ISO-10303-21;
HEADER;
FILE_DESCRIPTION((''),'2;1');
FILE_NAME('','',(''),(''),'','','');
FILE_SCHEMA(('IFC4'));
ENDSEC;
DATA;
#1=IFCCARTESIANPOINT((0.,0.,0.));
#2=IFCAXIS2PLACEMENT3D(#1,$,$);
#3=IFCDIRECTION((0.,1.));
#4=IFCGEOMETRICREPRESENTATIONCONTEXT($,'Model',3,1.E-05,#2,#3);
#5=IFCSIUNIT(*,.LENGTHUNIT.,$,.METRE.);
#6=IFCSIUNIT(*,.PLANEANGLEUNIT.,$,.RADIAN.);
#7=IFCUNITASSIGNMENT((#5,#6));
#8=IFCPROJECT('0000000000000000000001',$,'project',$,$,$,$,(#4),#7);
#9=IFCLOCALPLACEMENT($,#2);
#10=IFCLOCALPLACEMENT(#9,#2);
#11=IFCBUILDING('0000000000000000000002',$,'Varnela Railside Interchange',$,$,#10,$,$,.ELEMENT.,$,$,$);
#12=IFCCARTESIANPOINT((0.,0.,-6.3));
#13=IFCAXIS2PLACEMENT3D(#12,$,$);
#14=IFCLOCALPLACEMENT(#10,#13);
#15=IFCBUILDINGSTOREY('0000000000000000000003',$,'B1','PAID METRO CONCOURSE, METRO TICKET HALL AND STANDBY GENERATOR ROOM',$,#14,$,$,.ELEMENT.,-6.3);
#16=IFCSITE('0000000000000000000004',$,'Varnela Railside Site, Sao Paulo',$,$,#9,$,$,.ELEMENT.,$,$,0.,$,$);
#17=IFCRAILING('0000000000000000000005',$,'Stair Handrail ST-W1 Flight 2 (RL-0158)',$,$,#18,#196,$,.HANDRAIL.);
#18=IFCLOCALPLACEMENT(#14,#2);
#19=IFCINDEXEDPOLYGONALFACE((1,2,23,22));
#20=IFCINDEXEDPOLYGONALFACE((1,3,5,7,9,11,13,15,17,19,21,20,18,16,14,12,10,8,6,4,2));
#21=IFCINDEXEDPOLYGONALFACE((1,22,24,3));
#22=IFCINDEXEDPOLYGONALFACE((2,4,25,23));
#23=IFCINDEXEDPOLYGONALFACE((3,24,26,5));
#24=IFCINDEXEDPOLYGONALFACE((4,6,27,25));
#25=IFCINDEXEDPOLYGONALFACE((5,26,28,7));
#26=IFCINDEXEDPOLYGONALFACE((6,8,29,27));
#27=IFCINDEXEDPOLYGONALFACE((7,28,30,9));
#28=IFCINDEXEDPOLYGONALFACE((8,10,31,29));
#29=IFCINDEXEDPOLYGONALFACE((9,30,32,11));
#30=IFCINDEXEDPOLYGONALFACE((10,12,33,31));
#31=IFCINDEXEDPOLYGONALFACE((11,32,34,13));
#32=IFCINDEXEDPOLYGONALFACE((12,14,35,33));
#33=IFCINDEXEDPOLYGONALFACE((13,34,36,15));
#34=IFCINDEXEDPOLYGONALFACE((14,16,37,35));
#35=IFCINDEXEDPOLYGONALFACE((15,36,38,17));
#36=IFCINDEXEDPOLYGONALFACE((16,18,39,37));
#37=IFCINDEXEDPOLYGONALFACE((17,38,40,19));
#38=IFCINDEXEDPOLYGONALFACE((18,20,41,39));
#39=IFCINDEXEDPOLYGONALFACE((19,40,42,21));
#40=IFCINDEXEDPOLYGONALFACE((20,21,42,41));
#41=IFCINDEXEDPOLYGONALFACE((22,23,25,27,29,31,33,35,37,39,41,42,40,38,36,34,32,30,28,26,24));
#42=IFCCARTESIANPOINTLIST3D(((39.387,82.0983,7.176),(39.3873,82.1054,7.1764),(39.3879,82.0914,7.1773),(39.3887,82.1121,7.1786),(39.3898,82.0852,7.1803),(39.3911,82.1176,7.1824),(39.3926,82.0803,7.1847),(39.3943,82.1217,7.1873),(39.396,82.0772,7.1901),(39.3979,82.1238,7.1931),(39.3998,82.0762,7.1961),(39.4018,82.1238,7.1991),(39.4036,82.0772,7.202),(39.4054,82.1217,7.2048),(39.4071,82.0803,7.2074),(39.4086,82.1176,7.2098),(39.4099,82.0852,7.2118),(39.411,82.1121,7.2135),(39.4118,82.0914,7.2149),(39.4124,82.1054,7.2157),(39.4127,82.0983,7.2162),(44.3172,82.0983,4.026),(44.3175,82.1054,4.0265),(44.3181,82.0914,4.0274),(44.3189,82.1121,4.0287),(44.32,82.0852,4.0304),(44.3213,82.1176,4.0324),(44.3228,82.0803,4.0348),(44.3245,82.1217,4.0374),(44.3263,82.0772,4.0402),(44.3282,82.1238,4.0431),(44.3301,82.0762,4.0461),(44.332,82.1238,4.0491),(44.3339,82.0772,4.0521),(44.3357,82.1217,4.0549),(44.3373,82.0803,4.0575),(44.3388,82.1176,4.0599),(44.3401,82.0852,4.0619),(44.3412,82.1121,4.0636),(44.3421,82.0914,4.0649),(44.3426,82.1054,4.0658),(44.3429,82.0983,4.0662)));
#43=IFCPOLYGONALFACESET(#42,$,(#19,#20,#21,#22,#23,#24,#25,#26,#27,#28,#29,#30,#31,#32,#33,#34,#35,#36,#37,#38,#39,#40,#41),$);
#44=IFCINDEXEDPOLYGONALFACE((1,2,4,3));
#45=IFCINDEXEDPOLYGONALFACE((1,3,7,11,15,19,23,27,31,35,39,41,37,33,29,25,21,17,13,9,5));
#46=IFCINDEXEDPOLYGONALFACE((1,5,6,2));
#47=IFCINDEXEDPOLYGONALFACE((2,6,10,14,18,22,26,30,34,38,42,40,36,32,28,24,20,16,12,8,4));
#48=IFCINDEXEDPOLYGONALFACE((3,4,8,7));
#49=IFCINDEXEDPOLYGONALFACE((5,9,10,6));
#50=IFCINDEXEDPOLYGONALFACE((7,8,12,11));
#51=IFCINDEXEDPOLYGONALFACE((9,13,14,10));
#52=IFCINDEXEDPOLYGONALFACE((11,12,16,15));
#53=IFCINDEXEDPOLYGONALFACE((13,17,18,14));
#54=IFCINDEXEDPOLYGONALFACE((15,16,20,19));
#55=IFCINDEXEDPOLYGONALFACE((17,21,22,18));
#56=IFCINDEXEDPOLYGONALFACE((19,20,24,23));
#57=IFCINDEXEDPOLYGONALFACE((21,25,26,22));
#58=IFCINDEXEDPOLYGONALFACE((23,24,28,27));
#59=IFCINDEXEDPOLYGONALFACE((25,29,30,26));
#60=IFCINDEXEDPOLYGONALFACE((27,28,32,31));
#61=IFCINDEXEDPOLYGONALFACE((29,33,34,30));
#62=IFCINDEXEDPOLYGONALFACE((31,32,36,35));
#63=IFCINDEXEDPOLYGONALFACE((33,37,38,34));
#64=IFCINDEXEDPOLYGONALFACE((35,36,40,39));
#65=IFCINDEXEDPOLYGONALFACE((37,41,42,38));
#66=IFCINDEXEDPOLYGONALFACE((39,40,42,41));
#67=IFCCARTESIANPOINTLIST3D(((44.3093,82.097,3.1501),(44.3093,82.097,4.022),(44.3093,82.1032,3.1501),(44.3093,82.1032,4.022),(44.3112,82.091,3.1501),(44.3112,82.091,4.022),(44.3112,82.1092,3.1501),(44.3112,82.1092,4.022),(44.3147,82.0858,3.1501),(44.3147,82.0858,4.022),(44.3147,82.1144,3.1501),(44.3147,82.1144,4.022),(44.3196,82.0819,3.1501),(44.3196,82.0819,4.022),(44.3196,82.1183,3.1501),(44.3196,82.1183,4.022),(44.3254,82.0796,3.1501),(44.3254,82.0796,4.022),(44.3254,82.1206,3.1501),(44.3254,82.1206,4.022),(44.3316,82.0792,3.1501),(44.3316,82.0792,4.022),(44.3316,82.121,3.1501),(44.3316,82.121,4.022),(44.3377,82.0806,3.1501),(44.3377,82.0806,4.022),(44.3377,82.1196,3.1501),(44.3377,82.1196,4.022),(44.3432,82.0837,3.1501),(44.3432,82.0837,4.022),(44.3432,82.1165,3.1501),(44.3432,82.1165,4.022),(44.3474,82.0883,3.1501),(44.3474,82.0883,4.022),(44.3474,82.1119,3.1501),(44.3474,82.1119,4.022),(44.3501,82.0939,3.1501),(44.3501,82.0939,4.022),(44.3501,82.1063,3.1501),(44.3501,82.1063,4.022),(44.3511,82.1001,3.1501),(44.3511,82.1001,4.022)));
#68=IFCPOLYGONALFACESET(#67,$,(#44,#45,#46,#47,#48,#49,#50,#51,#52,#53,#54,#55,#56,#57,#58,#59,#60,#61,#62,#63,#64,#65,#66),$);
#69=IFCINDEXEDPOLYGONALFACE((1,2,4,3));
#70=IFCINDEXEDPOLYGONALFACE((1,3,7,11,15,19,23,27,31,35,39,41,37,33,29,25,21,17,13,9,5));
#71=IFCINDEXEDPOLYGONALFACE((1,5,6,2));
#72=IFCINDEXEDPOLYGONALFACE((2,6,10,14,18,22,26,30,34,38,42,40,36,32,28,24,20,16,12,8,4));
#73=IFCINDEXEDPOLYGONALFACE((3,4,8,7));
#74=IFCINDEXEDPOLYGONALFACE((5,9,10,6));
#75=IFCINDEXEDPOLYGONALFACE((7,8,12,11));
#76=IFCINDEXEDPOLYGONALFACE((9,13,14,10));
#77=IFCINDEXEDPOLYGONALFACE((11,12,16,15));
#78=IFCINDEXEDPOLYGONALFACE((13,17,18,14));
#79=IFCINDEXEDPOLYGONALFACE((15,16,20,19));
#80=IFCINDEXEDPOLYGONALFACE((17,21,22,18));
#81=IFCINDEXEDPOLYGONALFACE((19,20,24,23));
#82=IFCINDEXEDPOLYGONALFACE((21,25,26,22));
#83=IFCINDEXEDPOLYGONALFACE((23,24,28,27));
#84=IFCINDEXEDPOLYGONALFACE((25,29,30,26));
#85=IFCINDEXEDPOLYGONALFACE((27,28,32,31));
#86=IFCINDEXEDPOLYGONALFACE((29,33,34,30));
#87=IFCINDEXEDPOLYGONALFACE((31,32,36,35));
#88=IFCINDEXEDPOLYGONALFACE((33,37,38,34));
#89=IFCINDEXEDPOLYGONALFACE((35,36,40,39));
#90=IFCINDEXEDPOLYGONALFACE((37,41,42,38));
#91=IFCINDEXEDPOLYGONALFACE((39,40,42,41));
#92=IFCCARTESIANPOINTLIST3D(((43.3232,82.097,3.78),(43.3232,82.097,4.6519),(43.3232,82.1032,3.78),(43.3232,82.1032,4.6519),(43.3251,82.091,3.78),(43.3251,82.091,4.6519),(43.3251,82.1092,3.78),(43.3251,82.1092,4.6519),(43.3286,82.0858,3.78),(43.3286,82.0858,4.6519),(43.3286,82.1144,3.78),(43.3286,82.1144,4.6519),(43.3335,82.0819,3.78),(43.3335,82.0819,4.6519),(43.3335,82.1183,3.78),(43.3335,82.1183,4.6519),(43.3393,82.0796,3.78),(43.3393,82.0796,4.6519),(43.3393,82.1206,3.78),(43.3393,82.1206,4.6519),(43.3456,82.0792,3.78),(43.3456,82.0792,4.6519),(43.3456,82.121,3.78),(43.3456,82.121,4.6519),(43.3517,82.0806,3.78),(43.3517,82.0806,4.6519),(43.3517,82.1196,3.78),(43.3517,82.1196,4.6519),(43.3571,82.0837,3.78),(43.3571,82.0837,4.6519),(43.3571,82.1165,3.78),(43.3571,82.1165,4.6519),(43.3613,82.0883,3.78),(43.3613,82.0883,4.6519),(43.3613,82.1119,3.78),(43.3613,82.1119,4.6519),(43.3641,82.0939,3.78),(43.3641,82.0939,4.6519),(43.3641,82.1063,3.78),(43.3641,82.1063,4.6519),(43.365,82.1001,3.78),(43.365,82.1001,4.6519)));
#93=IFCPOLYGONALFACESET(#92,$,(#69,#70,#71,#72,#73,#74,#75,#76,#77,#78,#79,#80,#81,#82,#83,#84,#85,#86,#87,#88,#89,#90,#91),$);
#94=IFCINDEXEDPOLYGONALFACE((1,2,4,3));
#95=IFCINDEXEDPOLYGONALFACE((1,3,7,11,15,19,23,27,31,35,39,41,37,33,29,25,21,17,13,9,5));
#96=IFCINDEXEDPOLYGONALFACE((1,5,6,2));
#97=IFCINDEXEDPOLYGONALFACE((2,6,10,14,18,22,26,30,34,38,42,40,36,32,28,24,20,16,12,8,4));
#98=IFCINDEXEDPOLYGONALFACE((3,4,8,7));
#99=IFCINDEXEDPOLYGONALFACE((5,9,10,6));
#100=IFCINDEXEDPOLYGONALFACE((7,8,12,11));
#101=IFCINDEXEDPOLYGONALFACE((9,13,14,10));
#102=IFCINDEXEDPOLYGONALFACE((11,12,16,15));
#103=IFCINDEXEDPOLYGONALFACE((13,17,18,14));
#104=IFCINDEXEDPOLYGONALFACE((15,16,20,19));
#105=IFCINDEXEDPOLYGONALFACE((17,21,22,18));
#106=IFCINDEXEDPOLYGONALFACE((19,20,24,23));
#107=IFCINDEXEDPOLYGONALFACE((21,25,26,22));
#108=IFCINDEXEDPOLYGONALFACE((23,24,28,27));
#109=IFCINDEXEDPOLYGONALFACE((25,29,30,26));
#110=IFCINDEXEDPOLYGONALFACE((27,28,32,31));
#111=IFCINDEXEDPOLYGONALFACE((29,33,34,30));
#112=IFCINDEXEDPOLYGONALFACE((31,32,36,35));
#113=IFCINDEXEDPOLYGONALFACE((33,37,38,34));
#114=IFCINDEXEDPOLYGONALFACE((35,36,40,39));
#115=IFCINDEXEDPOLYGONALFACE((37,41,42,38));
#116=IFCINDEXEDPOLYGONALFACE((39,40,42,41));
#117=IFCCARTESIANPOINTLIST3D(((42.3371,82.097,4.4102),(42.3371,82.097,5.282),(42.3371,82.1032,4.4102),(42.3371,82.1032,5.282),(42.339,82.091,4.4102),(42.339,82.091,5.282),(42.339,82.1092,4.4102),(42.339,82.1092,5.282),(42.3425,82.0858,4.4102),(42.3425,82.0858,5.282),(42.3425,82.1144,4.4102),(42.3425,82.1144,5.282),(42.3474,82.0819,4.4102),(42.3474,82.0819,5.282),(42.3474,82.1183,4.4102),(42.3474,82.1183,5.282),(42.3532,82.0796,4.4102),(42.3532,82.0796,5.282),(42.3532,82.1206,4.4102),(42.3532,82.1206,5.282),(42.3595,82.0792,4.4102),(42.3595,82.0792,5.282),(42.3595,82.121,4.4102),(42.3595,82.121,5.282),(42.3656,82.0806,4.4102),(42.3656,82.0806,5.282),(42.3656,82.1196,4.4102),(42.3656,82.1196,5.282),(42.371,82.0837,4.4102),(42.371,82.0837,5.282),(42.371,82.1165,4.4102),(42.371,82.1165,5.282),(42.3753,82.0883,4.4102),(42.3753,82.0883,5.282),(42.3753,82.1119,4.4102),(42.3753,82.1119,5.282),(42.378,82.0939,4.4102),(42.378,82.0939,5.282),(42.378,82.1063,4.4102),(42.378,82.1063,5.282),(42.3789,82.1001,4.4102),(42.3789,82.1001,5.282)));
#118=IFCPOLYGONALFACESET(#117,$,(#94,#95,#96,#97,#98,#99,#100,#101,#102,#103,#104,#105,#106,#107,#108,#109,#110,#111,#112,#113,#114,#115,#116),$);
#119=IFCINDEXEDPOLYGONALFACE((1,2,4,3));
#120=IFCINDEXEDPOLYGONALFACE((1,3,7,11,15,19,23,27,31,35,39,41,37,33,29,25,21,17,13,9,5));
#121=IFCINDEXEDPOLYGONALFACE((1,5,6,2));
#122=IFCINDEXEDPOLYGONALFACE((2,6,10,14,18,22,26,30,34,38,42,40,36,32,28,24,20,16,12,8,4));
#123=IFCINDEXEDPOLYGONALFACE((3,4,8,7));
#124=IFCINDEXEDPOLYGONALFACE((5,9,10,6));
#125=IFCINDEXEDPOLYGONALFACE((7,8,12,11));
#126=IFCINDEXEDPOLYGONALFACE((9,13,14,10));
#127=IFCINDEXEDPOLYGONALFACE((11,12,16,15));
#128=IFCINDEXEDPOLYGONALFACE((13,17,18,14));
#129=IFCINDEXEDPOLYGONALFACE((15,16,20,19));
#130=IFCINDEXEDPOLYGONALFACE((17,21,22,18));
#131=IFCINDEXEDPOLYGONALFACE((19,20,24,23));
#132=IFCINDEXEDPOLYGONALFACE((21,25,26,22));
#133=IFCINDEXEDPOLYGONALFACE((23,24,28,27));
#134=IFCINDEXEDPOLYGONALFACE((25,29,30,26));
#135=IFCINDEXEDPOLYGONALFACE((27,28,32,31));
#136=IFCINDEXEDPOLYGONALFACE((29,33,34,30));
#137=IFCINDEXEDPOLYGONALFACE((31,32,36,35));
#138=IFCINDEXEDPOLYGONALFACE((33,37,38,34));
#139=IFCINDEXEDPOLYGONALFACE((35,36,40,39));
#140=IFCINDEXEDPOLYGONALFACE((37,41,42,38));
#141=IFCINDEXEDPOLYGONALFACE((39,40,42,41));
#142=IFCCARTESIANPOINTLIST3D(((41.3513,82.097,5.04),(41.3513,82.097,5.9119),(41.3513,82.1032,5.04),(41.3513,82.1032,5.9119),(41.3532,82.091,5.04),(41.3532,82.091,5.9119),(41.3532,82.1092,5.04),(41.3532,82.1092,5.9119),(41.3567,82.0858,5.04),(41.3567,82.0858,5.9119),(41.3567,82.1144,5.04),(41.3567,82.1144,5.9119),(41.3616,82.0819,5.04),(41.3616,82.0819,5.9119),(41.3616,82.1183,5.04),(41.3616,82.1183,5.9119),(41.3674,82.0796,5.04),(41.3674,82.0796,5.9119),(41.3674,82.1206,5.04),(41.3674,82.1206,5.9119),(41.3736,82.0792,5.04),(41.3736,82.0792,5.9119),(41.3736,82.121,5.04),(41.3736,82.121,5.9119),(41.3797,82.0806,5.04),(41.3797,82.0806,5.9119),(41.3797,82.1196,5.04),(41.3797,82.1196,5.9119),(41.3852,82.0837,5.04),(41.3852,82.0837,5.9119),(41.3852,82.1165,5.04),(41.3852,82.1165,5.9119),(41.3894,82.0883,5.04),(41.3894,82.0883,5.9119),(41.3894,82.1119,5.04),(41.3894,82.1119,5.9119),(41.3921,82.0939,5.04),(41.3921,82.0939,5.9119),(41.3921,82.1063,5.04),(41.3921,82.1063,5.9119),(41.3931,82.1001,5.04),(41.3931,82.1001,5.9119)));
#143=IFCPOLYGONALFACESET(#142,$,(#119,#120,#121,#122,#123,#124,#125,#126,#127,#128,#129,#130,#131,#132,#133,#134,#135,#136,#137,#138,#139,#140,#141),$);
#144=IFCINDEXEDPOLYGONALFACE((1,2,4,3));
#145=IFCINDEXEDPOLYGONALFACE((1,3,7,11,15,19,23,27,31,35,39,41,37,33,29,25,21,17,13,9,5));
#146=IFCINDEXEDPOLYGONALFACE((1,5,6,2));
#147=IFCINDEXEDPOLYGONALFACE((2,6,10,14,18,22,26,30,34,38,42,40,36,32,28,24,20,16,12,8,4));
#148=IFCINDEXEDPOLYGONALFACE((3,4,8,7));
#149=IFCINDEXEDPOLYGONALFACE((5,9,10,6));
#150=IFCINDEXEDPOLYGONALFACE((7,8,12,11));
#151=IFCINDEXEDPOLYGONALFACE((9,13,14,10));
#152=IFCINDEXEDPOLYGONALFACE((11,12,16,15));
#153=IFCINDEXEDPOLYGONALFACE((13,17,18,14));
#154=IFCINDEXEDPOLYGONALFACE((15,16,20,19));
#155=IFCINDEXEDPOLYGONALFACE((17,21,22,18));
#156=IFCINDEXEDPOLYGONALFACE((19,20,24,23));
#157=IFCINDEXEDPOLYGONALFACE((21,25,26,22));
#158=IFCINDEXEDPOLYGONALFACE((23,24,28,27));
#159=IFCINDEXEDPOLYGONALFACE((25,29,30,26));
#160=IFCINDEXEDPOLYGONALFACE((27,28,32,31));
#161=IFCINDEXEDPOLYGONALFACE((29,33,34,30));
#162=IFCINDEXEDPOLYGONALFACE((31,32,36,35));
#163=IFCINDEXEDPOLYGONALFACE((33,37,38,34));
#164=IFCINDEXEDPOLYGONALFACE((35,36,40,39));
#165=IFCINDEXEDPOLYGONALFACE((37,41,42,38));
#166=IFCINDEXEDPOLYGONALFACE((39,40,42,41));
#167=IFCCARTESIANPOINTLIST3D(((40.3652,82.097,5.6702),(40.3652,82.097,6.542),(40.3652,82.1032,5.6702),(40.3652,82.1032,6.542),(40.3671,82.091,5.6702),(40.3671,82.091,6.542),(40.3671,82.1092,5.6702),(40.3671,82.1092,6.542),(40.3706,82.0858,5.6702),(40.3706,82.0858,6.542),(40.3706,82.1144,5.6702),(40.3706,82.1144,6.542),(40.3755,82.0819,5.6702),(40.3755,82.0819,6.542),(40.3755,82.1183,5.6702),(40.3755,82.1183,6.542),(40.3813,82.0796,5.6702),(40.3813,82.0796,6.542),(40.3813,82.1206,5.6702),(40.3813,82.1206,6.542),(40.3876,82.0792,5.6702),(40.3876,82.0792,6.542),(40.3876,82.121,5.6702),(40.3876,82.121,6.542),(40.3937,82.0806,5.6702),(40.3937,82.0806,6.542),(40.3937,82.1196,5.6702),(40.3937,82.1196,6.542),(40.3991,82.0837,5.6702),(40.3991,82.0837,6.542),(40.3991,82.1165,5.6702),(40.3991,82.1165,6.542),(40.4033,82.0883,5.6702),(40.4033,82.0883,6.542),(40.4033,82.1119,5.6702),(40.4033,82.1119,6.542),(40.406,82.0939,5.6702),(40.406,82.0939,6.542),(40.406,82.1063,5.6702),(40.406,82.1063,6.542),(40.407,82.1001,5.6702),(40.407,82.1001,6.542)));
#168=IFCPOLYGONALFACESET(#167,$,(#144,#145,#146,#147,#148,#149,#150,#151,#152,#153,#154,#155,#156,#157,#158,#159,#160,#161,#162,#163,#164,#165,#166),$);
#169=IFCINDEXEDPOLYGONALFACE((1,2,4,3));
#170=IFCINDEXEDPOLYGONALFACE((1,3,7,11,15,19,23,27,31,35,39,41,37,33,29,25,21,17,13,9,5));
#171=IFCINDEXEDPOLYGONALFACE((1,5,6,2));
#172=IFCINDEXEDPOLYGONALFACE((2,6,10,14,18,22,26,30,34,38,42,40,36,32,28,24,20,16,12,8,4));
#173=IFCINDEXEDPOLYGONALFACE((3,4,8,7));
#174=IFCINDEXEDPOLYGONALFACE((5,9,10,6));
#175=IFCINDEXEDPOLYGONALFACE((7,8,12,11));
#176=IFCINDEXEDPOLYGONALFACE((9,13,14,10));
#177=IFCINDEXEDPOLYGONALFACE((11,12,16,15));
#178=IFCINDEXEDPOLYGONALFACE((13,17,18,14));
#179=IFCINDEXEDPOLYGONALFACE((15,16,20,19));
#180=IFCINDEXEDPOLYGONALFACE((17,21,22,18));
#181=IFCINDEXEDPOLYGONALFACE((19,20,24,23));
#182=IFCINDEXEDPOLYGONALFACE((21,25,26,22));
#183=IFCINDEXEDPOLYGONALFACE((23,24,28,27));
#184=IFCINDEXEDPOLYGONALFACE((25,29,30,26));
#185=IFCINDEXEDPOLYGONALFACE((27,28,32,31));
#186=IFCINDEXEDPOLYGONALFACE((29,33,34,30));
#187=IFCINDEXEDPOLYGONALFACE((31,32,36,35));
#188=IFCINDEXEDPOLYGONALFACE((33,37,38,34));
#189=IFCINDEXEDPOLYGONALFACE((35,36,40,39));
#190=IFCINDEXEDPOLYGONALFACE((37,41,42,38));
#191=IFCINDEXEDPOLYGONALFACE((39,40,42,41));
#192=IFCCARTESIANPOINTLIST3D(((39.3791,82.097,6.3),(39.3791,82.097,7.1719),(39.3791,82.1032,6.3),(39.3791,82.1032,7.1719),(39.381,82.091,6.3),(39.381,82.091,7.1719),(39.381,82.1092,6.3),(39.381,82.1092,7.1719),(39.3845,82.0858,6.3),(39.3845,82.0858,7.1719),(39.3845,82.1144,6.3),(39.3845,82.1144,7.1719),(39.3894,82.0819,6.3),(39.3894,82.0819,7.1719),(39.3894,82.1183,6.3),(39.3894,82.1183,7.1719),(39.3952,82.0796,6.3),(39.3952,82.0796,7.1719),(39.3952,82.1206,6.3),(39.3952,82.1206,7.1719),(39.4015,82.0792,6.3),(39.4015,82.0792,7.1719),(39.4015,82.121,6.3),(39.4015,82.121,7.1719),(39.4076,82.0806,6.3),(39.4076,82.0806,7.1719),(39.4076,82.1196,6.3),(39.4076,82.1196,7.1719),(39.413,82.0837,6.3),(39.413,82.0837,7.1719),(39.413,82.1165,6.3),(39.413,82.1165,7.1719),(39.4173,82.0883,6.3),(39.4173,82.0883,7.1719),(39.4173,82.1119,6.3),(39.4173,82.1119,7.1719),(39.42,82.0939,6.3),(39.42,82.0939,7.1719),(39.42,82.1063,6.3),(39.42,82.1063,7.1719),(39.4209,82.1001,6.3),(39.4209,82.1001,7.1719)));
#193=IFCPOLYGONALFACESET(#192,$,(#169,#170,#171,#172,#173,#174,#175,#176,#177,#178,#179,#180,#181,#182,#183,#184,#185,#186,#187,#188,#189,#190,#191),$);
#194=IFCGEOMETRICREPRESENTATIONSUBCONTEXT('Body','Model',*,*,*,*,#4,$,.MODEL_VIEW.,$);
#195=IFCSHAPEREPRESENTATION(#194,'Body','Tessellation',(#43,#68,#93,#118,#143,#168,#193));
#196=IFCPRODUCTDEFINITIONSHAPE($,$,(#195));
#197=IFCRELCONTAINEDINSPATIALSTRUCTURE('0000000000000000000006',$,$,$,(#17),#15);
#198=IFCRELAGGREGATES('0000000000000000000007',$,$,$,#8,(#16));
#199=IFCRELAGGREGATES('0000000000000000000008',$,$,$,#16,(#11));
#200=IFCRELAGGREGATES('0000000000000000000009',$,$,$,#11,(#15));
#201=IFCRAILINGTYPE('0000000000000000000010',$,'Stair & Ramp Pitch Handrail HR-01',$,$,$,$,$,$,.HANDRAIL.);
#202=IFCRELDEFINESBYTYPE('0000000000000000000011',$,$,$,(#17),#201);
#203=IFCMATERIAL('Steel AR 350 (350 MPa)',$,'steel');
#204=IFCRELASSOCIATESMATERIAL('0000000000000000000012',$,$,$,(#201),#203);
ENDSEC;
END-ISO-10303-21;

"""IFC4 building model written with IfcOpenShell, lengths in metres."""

from ifc_helpers import new_model, si_unit, direction, frame, origin, origin_2d, place, context, subcontext, project, spatial, circle, extrude, material, type_object, element, save


model = new_model("IFC4")

# Units and contexts
model_context = context("Model", 3, precision=1e-05, world=origin(), true_north=direction((0.0, 1.0)))
body_context = subcontext(model_context, "Body", "Model", "MODEL_VIEW")
ifc_project = project(units=[si_unit("LENGTHUNIT", "METRE"), si_unit("PLANEANGLEUNIT", "RADIAN")], contexts=[model_context])

# Site, building, storey
site_placement = place(None, origin())
site = spatial("IfcSite", under=ifc_project, at=site_placement, Name="Varnela Railside Site, Sao Paulo", CompositionType="ELEMENT", RefElevation=0.0)
building_placement = place(site_placement, origin())
building = spatial("IfcBuilding", under=site, at=building_placement, Name="Varnela Railside Interchange", CompositionType="ELEMENT")
storey_placement = place(building_placement, frame((0.0, 0.0, -6.3)))
storey = spatial("IfcBuildingStorey", under=building, at=storey_placement, Name="B1", Description="PAID METRO CONCOURSE, METRO TICKET HALL AND STANDBY GENERATOR ROOM", CompositionType="ELEMENT", Elevation=-6.3)

# Railing
ifc_material_1 = material(Name="Steel AR 350 (350 MPa)", Category="steel")
railing_type_1 = type_object("IfcRailingType", Name="Stair & Ramp Pitch Handrail HR-01", PredefinedType="HANDRAIL", material=ifc_material_1)
railing_1_placement = place(storey_placement, frame((44.3301, 82.1001, 3.1501)))
element("IfcRailing", 1, at=railing_1_placement, inside=storey, type_object=railing_type_1, Name="Stair Handrail ST-W1 Flight 2 (RL-0158)", PredefinedType="HANDRAIL", context=body_context, shape_type="SweptSolid", body=[
    extrude(circle(Radius=0.0239, at=origin_2d()), frame((0.0, 0.0, 0.896), z_axis=(-0.842691, 0.0, 0.538398), x_axis=(0.0, -1.0, 0.0)), (0.0, 0.0, 1.0), 5.8506),
    extrude(circle(Radius=0.021, at=origin_2d()), origin(), (0.0, 0.0, 1.0), 0.8718),
    extrude(circle(Radius=0.021, at=origin_2d()), frame((-0.9861, 0.0, 0.6299)), (0.0, 0.0, 1.0), 0.8718),
    extrude(circle(Radius=0.021, at=origin_2d()), frame((-1.9722, 0.0, 1.26)), (0.0, 0.0, 1.0), 0.8718),
    extrude(circle(Radius=0.021, at=origin_2d()), frame((-2.958, 0.0, 1.8899)), (0.0, 0.0, 1.0), 0.8718),
    extrude(circle(Radius=0.021, at=origin_2d()), frame((-3.9441, 0.0, 2.52)), (0.0, 0.0, 1.0), 0.8718),
    extrude(circle(Radius=0.021, at=origin_2d()), frame((-4.9302, 0.0, 3.1499)), (0.0, 0.0, 1.0), 0.8718),
])

save(model, "model.ifc")
